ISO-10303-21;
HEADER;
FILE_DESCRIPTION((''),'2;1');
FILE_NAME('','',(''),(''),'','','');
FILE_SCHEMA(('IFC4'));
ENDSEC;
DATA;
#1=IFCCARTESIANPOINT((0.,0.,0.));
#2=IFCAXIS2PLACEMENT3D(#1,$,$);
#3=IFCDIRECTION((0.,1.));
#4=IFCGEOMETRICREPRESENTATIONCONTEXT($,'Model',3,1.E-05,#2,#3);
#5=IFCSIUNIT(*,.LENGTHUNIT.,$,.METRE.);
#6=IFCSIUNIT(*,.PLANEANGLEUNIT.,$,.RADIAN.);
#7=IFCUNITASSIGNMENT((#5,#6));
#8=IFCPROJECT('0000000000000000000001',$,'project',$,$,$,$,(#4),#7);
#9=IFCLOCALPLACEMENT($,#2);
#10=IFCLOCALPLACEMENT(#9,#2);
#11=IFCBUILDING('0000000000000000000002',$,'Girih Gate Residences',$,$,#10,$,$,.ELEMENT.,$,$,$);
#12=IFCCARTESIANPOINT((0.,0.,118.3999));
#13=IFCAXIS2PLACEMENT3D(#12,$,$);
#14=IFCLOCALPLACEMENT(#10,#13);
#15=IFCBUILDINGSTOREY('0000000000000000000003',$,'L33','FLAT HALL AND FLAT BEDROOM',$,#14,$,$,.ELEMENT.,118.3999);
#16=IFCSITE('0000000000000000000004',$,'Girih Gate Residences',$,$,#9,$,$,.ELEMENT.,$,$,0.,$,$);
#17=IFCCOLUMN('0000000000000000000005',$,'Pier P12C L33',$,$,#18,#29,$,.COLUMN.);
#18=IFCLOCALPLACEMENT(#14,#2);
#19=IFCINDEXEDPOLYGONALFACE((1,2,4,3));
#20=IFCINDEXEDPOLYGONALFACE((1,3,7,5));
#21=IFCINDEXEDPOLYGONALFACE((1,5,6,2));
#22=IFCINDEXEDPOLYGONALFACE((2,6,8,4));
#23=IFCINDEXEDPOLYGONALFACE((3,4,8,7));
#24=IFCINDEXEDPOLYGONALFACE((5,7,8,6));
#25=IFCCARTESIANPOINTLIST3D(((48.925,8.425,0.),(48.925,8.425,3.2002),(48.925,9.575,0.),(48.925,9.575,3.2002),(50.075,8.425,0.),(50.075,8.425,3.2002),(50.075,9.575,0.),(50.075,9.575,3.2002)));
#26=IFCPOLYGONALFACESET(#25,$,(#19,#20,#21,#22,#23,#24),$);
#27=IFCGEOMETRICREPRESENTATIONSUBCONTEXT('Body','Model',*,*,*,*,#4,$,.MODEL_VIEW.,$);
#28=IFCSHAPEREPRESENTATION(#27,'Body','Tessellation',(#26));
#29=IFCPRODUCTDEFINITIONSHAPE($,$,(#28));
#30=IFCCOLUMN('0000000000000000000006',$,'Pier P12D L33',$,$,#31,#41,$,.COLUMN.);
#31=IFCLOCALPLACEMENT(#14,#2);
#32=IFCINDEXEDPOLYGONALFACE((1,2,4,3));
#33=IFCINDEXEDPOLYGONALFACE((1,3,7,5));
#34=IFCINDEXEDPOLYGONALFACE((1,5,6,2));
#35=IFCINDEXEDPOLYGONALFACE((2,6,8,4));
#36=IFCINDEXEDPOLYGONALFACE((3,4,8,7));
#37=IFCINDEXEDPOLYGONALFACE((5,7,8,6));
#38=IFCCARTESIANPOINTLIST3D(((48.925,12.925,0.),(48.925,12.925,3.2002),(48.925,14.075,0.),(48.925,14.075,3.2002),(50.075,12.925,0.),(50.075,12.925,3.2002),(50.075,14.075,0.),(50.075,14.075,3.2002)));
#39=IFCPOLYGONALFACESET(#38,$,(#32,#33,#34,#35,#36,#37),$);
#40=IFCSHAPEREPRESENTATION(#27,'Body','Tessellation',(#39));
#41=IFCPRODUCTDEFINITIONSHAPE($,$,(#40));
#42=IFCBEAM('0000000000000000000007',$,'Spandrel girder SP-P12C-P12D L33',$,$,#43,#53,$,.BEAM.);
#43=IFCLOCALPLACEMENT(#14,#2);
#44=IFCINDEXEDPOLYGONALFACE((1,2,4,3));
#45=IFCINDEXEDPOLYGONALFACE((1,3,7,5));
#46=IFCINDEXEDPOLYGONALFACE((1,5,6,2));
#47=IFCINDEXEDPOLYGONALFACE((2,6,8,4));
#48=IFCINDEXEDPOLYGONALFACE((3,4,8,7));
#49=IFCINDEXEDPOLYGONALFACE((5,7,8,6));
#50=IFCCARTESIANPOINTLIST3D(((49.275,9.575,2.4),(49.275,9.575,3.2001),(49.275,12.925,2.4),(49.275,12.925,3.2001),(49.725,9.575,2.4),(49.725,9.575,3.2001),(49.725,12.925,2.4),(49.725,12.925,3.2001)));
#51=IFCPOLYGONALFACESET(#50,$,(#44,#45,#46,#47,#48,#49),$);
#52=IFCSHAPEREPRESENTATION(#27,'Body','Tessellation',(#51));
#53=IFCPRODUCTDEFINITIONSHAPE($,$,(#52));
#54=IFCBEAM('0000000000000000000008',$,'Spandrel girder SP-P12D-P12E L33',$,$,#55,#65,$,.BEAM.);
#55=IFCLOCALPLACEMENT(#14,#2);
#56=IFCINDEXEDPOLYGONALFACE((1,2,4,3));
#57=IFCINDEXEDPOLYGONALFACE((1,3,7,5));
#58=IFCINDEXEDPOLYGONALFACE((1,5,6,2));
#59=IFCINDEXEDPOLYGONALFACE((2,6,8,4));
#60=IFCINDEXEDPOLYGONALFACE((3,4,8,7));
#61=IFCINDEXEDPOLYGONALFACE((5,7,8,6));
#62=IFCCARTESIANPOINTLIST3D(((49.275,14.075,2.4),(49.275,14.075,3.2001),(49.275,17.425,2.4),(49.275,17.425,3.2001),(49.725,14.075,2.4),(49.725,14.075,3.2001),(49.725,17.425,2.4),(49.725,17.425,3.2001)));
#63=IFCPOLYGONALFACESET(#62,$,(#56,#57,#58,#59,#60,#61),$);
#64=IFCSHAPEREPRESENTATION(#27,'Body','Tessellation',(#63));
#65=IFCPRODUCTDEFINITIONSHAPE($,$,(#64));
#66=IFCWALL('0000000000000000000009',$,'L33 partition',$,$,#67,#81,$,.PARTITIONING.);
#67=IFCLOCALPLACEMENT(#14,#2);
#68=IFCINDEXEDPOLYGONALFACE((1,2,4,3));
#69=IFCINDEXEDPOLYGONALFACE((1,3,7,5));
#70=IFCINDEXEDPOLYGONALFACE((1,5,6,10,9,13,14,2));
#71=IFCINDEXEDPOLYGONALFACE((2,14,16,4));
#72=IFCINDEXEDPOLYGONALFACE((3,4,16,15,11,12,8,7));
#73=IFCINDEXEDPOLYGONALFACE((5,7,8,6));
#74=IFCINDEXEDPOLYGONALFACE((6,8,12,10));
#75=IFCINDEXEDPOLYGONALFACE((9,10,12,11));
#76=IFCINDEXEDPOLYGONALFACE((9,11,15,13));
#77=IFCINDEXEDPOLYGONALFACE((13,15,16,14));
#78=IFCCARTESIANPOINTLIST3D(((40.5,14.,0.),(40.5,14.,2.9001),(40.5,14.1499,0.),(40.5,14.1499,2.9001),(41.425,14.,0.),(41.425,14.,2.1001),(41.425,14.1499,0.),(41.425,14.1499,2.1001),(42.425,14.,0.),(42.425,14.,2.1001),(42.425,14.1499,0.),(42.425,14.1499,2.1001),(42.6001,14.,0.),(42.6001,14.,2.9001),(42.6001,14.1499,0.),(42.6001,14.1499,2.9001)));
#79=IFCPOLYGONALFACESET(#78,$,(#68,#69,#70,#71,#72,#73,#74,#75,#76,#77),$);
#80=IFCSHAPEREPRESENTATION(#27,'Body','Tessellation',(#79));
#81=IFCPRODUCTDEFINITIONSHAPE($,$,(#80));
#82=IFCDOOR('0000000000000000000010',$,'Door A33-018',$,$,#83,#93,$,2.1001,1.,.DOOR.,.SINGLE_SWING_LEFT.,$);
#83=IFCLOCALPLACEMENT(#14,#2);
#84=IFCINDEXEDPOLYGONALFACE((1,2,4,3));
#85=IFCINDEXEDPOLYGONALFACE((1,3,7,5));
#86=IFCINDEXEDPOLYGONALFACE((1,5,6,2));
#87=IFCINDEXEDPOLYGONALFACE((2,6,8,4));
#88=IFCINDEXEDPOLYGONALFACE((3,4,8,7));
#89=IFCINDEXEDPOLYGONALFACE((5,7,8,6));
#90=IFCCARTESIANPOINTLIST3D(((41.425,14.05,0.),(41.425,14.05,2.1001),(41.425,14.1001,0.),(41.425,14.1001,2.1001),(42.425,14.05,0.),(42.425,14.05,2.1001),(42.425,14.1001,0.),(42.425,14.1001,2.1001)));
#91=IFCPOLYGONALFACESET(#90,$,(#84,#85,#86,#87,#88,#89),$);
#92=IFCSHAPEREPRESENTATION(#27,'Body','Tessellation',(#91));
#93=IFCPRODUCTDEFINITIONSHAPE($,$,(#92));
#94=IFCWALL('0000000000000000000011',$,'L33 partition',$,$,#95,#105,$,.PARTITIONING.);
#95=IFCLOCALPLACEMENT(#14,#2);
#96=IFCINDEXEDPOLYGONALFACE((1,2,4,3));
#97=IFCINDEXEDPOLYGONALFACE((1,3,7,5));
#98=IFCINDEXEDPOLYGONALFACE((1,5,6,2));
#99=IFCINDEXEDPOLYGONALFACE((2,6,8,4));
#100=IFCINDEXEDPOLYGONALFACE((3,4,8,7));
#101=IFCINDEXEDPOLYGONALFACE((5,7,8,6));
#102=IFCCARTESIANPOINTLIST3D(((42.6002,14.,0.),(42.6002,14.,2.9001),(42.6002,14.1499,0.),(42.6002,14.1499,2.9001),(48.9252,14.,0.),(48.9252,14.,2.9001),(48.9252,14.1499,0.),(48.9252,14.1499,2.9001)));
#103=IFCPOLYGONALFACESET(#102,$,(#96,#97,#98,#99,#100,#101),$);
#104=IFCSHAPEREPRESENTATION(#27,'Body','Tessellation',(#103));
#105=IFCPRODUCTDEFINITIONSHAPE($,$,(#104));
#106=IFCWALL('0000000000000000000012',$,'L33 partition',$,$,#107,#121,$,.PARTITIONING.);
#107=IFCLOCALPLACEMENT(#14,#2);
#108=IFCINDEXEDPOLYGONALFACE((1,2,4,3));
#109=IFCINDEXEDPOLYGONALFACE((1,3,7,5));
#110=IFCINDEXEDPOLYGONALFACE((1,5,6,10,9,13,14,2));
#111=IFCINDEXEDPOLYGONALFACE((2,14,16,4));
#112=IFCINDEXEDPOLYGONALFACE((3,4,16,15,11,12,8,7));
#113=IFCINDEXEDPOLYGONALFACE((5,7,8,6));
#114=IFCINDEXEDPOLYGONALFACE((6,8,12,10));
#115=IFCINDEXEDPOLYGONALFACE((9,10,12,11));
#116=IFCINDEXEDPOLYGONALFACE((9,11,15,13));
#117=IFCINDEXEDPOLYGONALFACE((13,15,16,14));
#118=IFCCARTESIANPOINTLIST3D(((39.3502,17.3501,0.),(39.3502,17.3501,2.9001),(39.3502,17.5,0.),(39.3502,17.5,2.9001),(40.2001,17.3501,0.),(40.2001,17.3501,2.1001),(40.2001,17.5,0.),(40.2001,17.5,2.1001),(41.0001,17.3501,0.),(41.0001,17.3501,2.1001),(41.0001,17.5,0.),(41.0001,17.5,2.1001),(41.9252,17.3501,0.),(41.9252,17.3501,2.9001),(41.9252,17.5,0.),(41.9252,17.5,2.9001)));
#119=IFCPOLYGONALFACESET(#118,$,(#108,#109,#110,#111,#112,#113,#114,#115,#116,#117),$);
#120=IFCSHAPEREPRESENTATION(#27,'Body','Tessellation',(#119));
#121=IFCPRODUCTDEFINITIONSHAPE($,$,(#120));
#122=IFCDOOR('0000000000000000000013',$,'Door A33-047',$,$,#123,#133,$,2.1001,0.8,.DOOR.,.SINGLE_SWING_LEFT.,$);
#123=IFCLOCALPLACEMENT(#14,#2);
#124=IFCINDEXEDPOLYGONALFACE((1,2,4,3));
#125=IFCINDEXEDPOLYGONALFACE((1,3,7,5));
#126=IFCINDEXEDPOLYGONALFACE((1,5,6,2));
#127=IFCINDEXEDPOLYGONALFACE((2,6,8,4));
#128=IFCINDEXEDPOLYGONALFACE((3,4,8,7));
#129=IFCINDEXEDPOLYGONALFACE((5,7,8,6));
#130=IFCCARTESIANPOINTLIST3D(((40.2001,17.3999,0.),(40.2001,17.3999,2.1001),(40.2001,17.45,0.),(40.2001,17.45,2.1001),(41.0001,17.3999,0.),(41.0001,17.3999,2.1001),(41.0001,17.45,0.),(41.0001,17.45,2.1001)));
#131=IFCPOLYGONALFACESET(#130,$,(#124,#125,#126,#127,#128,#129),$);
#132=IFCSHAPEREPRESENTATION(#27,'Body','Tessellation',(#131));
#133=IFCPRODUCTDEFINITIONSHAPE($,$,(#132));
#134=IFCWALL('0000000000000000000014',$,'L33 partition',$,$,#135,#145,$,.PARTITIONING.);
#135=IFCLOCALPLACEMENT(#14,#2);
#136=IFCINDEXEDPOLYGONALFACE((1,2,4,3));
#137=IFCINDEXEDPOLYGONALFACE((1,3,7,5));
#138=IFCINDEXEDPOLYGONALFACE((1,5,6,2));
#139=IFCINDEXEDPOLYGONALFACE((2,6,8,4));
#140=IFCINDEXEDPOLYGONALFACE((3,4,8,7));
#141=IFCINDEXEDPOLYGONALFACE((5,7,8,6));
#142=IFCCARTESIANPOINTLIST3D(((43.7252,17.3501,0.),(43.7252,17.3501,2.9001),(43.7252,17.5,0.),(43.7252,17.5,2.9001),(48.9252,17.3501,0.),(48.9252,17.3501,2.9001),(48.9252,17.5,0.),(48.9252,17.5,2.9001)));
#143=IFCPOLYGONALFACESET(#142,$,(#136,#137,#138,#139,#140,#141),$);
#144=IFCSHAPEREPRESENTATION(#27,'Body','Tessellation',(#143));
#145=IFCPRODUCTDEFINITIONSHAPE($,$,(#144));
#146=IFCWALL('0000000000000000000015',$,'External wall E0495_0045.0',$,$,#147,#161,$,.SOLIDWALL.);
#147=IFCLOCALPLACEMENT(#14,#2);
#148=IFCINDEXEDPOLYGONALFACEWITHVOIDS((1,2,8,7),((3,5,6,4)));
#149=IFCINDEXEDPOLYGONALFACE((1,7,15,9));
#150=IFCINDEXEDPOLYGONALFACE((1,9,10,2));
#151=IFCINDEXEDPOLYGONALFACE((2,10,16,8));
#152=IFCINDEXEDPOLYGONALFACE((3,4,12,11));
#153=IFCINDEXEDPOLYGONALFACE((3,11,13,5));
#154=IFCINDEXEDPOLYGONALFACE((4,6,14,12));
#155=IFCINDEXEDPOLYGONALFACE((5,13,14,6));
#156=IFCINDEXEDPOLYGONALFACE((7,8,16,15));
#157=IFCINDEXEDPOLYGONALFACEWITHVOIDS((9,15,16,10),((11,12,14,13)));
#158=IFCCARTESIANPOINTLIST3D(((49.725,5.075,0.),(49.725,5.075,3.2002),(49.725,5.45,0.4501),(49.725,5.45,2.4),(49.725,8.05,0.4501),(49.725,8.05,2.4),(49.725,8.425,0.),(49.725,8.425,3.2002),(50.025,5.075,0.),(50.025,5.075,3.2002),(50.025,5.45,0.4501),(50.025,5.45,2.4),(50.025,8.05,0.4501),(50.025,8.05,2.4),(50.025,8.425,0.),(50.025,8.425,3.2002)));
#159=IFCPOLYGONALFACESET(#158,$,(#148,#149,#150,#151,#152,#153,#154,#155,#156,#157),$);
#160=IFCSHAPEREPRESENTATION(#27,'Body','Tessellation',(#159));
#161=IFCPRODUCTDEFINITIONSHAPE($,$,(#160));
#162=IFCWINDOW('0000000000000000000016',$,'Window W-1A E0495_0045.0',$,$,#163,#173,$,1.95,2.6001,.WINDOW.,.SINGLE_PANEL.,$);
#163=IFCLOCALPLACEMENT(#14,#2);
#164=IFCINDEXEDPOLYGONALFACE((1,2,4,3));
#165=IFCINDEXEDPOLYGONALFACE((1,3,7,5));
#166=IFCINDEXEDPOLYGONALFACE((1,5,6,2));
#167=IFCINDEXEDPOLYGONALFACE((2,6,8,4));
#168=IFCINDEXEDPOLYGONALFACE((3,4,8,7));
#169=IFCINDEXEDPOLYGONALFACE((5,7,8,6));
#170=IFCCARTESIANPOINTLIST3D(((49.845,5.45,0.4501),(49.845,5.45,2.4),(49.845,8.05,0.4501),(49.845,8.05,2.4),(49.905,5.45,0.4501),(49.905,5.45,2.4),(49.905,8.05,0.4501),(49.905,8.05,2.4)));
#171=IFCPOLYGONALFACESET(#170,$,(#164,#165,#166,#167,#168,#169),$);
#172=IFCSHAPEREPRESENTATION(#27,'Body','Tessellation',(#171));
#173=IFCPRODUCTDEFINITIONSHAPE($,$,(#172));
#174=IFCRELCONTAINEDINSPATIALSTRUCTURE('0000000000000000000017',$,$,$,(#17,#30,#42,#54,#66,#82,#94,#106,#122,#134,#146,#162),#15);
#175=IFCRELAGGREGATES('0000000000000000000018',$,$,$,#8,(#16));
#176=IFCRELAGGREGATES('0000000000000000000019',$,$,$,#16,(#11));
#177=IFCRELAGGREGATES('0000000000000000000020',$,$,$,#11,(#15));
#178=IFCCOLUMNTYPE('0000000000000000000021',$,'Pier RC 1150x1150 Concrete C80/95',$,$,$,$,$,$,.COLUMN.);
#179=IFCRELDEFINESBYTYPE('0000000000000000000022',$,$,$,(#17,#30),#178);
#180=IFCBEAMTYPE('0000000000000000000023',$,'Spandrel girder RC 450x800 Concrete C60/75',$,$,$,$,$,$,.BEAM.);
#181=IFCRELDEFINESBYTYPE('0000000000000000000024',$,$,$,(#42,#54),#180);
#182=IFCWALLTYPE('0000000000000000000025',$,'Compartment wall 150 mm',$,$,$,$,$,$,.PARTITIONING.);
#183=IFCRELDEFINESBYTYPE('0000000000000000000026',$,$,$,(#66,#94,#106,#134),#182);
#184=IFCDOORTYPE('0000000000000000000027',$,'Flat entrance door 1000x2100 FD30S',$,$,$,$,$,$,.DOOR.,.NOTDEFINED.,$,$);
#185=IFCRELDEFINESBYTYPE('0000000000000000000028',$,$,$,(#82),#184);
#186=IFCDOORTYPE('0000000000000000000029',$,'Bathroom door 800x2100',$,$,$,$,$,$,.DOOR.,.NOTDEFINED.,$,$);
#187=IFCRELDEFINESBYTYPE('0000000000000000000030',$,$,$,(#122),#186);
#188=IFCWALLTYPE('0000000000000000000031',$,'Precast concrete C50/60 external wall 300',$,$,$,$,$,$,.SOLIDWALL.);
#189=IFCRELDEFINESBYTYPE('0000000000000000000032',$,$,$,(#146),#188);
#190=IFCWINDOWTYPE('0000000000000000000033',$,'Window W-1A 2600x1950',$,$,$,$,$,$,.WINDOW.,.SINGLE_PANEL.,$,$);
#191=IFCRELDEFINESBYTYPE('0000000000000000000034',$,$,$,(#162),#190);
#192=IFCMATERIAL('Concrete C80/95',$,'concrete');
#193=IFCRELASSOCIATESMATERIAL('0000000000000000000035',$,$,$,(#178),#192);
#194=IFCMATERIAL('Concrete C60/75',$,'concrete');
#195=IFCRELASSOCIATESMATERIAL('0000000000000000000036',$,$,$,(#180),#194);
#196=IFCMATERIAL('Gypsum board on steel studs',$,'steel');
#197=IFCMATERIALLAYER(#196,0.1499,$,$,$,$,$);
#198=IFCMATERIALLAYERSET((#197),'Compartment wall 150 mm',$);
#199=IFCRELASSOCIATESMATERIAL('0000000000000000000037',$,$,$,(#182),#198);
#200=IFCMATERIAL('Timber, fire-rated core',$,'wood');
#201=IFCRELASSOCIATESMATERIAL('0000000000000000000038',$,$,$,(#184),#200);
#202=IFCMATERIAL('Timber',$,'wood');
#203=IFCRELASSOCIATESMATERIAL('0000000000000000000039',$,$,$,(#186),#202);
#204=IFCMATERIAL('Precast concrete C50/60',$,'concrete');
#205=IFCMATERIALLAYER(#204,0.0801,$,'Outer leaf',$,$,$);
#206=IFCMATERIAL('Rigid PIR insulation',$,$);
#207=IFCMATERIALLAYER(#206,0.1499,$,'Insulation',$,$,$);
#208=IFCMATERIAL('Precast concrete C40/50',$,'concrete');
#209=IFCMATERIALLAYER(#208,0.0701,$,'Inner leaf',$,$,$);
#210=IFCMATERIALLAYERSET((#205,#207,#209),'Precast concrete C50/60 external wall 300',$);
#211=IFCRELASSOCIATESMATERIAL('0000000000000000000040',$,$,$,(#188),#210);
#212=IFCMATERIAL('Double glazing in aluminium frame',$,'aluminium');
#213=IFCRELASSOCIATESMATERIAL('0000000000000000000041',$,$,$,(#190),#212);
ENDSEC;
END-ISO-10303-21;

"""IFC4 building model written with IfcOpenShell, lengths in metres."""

from ifc_helpers import new_model, si_unit, direction, frame, frame_2d, origin, origin_2d, place, context, subcontext, project, spatial, rectangle, extrude, material, layer, layer_set, material_profile, profile_set, type_object, element, fill, save


model = new_model("IFC4")

# Units and contexts
model_context = context("Model", 3, precision=1e-05, world=origin(), true_north=direction((0.0, 1.0)))
body_context = subcontext(model_context, "Body", "Model", "MODEL_VIEW")
ifc_project = project(units=[si_unit("LENGTHUNIT", "METRE"), si_unit("PLANEANGLEUNIT", "RADIAN")], contexts=[model_context])

# Site, building, storey
site_placement = place(None, origin())
site = spatial("IfcSite", under=ifc_project, at=site_placement, Name="Girih Gate Residences", CompositionType="ELEMENT", RefElevation=0.0)
building_placement = place(site_placement, origin())
building = spatial("IfcBuilding", under=site, at=building_placement, Name="Girih Gate Residences", CompositionType="ELEMENT")
storey_placement = place(building_placement, frame((0.0, 0.0, 118.3999)))
storey = spatial("IfcBuildingStorey", under=building, at=storey_placement, Name="L33", Description="FLAT HALL AND FLAT BEDROOM", CompositionType="ELEMENT", Elevation=118.3999)

# Columns
ifc_material_1 = material(Name="Concrete C80/95", Category="concrete")
ifc_material_profile_1 = material_profile(ifc_material_1, rectangle(XDim=1.1499, YDim=1.1499, at=origin_2d()))
ifc_profile_set_1 = profile_set([ifc_material_profile_1], Name="Concrete C80/95")
column_type = type_object("IfcColumnType", Name="Pier RC 1150x1150 Concrete C80/95", PredefinedType="COLUMN", material=ifc_profile_set_1)
for number, where, z_axis, x_axis, name in (
    (1, (49.5, 9.0, 0.0), (0.0, 0.0, 1.0), (1.0, 0.0, 0.0), "Pier P12C L33"),
    (2, (49.5, 13.5, 0.0), (0.0, 0.0, 1.0), (1.0, 0.0, 0.0), "Pier P12D L33"),
):
    element("IfcColumn", number, at=place(storey_placement, frame(where, z_axis=z_axis, x_axis=x_axis)), inside=storey, type_object=column_type, Name=name, PredefinedType="COLUMN", context=body_context, shape_type="SweptSolid", body=[
        extrude(rectangle(XDim=1.1499, YDim=1.1499, at=origin_2d()), origin(), (0.0, 0.0, 1.0), 3.2002),
    ])

# Beams
ifc_material_2 = material(Name="Concrete C60/75", Category="concrete")
ifc_material_profile_2 = material_profile(ifc_material_2, rectangle(XDim=0.45, YDim=0.8, at=origin_2d()))
ifc_profile_set_2 = profile_set([ifc_material_profile_2], Name="Concrete C60/75")
beam_type = type_object("IfcBeamType", Name="Spandrel girder RC 450x800 Concrete C60/75", PredefinedType="BEAM", material=ifc_profile_set_2)
for number, where, z_axis, x_axis, name in (
    (3, (49.5, 9.575, 2.8), (0.0, 1.0, 0.0), (-1.0, 0.0, 0.0), "Spandrel girder SP-P12C-P12D L33"),
    (4, (49.5, 14.075, 2.8), (0.0, 1.0, 0.0), (-1.0, 0.0, 0.0), "Spandrel girder SP-P12D-P12E L33"),
):
    element("IfcBeam", number, at=place(storey_placement, frame(where, z_axis=z_axis, x_axis=x_axis)), inside=storey, type_object=beam_type, Name=name, PredefinedType="BEAM", context=body_context, shape_type="SweptSolid", body=[
        extrude(rectangle(XDim=0.45, YDim=0.8, at=origin_2d()), origin(), (0.0, 0.0, 1.0), 3.3501),
    ])

# Wall, opening, door
ifc_material_3 = material(Name="Gypsum board on steel studs", Category="steel")
ifc_layer_1 = layer(ifc_material_3, 0.1499)
ifc_layer_set_1 = layer_set([ifc_layer_1], Name="Compartment wall 150 mm")
wall_type_1 = type_object("IfcWallType", Name="Compartment wall 150 mm", PredefinedType="PARTITIONING", material=ifc_layer_set_1)
wall_1_placement = place(storey_placement, frame((42.6001, 14.075, 0.0), z_axis=(0.0, 0.0, 1.0), x_axis=(-1.0, 0.0, 0.0)))
wall_1 = element("IfcWall", 5, at=wall_1_placement, inside=storey, type_object=wall_type_1, Name="L33 partition", PredefinedType="PARTITIONING", context=body_context, shape_type="SweptSolid", body=[
    extrude(rectangle(XDim=2.1001, YDim=0.1499, at=frame_2d((1.05, 0.0))), origin(), (0.0, 0.0, 1.0), 2.9001),
])
opening_1_placement = place(wall_1_placement, frame((0.175, 0.0, 0.0)))
opening_1 = element("IfcOpeningElement", 6, at=opening_1_placement, cuts=wall_1, PredefinedType="OPENING", context=body_context, shape_type="SweptSolid", body=[
    extrude(rectangle(XDim=1.0, YDim=2.1001, at=frame_2d((0.5, 1.05))), frame((0.0, 0.085, 0.0), z_axis=(0.0, -1.0, 0.0), x_axis=(1.0, 0.0, 0.0)), (0.0, 0.0, 1.0), 0.1699),
])
ifc_material_4 = material(Name="Timber, fire-rated core", Category="wood")
door_type_1 = type_object("IfcDoorType", Name="Flat entrance door 1000x2100 FD30S", OperationType="NOTDEFINED", PredefinedType="DOOR", material=ifc_material_4)
door_1_placement = place(opening_1_placement, origin())
door_1 = element("IfcDoor", 7, at=door_1_placement, inside=storey, type_object=door_type_1, Name="Door A33-018", OperationType="SINGLE_SWING_LEFT", OverallHeight=2.1001, OverallWidth=1.0, PredefinedType="DOOR", context=body_context, shape_type="SweptSolid", body=[
    extrude(rectangle(XDim=1.0, YDim=2.1001, at=frame_2d((0.5, 1.05))), frame((0.0, 0.0249, 0.0), z_axis=(0.0, -1.0, 0.0), x_axis=(1.0, 0.0, 0.0)), (0.0, 0.0, 1.0), 0.05),
])
fill(opening_1, door_1)

# Wall
wall_2_placement = place(storey_placement, frame((42.6001, 14.075, 0.0), z_axis=(0.0, 0.0, 1.0), x_axis=(1.0, 0.0, 0.0)))
element("IfcWall", 8, at=wall_2_placement, inside=storey, type_object=wall_type_1, Name="L33 partition", PredefinedType="PARTITIONING", context=body_context, shape_type="SweptSolid", body=[
    extrude(rectangle(XDim=6.325, YDim=0.1499, at=frame_2d((3.1626, 0.0))), origin(), (0.0, 0.0, 1.0), 2.9001),
])

# Wall, opening, door
wall_3_placement = place(storey_placement, frame((39.3501, 17.425, 0.0), z_axis=(0.0, 0.0, 1.0), x_axis=(1.0, 0.0, 0.0)))
wall_3 = element("IfcWall", 9, at=wall_3_placement, inside=storey, type_object=wall_type_1, Name="L33 partition", PredefinedType="PARTITIONING", context=body_context, shape_type="SweptSolid", body=[
    extrude(rectangle(XDim=2.575, YDim=0.1499, at=frame_2d((1.2876, 0.0))), origin(), (0.0, 0.0, 1.0), 2.9001),
])
opening_2_placement = place(wall_3_placement, frame((0.8501, 0.0, 0.0)))
opening_2 = element("IfcOpeningElement", 10, at=opening_2_placement, cuts=wall_3, PredefinedType="OPENING", context=body_context, shape_type="SweptSolid", body=[
    extrude(rectangle(XDim=0.8, YDim=2.1001, at=frame_2d((0.3999, 1.05))), frame((0.0, 0.085, 0.0), z_axis=(0.0, -1.0, 0.0), x_axis=(1.0, 0.0, 0.0)), (0.0, 0.0, 1.0), 0.1699),
])
ifc_material_5 = material(Name="Timber", Category="wood")
door_type_2 = type_object("IfcDoorType", Name="Bathroom door 800x2100", OperationType="NOTDEFINED", PredefinedType="DOOR", material=ifc_material_5)
door_2_placement = place(opening_2_placement, origin())
door_2 = element("IfcDoor", 11, at=door_2_placement, inside=storey, type_object=door_type_2, Name="Door A33-047", OperationType="SINGLE_SWING_LEFT", OverallHeight=2.1001, OverallWidth=0.8, PredefinedType="DOOR", context=body_context, shape_type="SweptSolid", body=[
    extrude(rectangle(XDim=0.8, YDim=2.1001, at=frame_2d((0.3999, 1.05))), frame((0.0, 0.0249, 0.0), z_axis=(0.0, -1.0, 0.0), x_axis=(1.0, 0.0, 0.0)), (0.0, 0.0, 1.0), 0.05),
])
fill(opening_2, door_2)

# Wall
wall_4_placement = place(storey_placement, frame((43.7251, 17.425, 0.0), z_axis=(0.0, 0.0, 1.0), x_axis=(1.0, 0.0, 0.0)))
element("IfcWall", 12, at=wall_4_placement, inside=storey, type_object=wall_type_1, Name="L33 partition", PredefinedType="PARTITIONING", context=body_context, shape_type="SweptSolid", body=[
    extrude(rectangle(XDim=5.2, YDim=0.1499, at=frame_2d((2.6001, 0.0))), origin(), (0.0, 0.0, 1.0), 2.9001),
])

# Wall, opening, window
ifc_material_6 = material(Name="Precast concrete C50/60", Category="concrete")
ifc_layer_2 = layer(ifc_material_6, 0.0801, Name="Outer leaf")
ifc_material_7 = material(Name="Rigid PIR insulation")
ifc_layer_3 = layer(ifc_material_7, 0.1499, Name="Insulation")
ifc_material_8 = material(Name="Precast concrete C40/50", Category="concrete")
ifc_layer_4 = layer(ifc_material_8, 0.0701, Name="Inner leaf")
ifc_layer_set_2 = layer_set([ifc_layer_2, ifc_layer_3, ifc_layer_4], Name="Precast concrete C50/60 external wall 300")
wall_type_2 = type_object("IfcWallType", Name="Precast concrete C50/60 external wall 300", PredefinedType="SOLIDWALL", material=ifc_layer_set_2)
wall_5_placement = place(storey_placement, frame((49.875, 8.425, 0.0), z_axis=(0.0, 0.0, 1.0), x_axis=(0.0, -1.0, 0.0)))
wall_5 = element("IfcWall", 13, at=wall_5_placement, inside=storey, type_object=wall_type_2, Name="External wall E0495_0045.0", PredefinedType="SOLIDWALL", context=body_context, shape_type="SweptSolid", body=[
    extrude(rectangle(XDim=3.3501, YDim=0.3, at=frame_2d((1.675, 0.0))), origin(), (0.0, 0.0, 1.0), 3.2002),
])
opening_3_placement = place(wall_5_placement, frame((0.375, 0.0, 0.45)))
opening_3 = element("IfcOpeningElement", 14, at=opening_3_placement, cuts=wall_5, PredefinedType="OPENING", context=body_context, shape_type="SweptSolid", body=[
    extrude(rectangle(XDim=2.6001, YDim=1.95, at=frame_2d((1.3, 0.9751))), frame((0.0, 0.1599, 0.0), z_axis=(0.0, -1.0, 0.0), x_axis=(1.0, 0.0, 0.0)), (0.0, 0.0, 1.0), 0.3201),
])
ifc_material_9 = material(Name="Double glazing in aluminium frame", Category="aluminium")
window_type = type_object("IfcWindowType", Name="Window W-1A 2600x1950", PartitioningType="SINGLE_PANEL", PredefinedType="WINDOW", material=ifc_material_9)
window_1_placement = place(opening_3_placement, origin())
window_1 = element("IfcWindow", 15, at=window_1_placement, inside=storey, type_object=window_type, Name="Window W-1A E0495_0045.0", OverallHeight=1.95, OverallWidth=2.6001, PartitioningType="SINGLE_PANEL", PredefinedType="WINDOW", context=body_context, shape_type="SweptSolid", body=[
    extrude(rectangle(XDim=2.6001, YDim=1.95, at=frame_2d((1.3, 0.9751))), frame((0.0, 0.03, 0.0), z_axis=(0.0, -1.0, 0.0), x_axis=(1.0, 0.0, 0.0)), (0.0, 0.0, 1.0), 0.0601),
])
fill(opening_3, window_1)

save(model, "model.ifc")
